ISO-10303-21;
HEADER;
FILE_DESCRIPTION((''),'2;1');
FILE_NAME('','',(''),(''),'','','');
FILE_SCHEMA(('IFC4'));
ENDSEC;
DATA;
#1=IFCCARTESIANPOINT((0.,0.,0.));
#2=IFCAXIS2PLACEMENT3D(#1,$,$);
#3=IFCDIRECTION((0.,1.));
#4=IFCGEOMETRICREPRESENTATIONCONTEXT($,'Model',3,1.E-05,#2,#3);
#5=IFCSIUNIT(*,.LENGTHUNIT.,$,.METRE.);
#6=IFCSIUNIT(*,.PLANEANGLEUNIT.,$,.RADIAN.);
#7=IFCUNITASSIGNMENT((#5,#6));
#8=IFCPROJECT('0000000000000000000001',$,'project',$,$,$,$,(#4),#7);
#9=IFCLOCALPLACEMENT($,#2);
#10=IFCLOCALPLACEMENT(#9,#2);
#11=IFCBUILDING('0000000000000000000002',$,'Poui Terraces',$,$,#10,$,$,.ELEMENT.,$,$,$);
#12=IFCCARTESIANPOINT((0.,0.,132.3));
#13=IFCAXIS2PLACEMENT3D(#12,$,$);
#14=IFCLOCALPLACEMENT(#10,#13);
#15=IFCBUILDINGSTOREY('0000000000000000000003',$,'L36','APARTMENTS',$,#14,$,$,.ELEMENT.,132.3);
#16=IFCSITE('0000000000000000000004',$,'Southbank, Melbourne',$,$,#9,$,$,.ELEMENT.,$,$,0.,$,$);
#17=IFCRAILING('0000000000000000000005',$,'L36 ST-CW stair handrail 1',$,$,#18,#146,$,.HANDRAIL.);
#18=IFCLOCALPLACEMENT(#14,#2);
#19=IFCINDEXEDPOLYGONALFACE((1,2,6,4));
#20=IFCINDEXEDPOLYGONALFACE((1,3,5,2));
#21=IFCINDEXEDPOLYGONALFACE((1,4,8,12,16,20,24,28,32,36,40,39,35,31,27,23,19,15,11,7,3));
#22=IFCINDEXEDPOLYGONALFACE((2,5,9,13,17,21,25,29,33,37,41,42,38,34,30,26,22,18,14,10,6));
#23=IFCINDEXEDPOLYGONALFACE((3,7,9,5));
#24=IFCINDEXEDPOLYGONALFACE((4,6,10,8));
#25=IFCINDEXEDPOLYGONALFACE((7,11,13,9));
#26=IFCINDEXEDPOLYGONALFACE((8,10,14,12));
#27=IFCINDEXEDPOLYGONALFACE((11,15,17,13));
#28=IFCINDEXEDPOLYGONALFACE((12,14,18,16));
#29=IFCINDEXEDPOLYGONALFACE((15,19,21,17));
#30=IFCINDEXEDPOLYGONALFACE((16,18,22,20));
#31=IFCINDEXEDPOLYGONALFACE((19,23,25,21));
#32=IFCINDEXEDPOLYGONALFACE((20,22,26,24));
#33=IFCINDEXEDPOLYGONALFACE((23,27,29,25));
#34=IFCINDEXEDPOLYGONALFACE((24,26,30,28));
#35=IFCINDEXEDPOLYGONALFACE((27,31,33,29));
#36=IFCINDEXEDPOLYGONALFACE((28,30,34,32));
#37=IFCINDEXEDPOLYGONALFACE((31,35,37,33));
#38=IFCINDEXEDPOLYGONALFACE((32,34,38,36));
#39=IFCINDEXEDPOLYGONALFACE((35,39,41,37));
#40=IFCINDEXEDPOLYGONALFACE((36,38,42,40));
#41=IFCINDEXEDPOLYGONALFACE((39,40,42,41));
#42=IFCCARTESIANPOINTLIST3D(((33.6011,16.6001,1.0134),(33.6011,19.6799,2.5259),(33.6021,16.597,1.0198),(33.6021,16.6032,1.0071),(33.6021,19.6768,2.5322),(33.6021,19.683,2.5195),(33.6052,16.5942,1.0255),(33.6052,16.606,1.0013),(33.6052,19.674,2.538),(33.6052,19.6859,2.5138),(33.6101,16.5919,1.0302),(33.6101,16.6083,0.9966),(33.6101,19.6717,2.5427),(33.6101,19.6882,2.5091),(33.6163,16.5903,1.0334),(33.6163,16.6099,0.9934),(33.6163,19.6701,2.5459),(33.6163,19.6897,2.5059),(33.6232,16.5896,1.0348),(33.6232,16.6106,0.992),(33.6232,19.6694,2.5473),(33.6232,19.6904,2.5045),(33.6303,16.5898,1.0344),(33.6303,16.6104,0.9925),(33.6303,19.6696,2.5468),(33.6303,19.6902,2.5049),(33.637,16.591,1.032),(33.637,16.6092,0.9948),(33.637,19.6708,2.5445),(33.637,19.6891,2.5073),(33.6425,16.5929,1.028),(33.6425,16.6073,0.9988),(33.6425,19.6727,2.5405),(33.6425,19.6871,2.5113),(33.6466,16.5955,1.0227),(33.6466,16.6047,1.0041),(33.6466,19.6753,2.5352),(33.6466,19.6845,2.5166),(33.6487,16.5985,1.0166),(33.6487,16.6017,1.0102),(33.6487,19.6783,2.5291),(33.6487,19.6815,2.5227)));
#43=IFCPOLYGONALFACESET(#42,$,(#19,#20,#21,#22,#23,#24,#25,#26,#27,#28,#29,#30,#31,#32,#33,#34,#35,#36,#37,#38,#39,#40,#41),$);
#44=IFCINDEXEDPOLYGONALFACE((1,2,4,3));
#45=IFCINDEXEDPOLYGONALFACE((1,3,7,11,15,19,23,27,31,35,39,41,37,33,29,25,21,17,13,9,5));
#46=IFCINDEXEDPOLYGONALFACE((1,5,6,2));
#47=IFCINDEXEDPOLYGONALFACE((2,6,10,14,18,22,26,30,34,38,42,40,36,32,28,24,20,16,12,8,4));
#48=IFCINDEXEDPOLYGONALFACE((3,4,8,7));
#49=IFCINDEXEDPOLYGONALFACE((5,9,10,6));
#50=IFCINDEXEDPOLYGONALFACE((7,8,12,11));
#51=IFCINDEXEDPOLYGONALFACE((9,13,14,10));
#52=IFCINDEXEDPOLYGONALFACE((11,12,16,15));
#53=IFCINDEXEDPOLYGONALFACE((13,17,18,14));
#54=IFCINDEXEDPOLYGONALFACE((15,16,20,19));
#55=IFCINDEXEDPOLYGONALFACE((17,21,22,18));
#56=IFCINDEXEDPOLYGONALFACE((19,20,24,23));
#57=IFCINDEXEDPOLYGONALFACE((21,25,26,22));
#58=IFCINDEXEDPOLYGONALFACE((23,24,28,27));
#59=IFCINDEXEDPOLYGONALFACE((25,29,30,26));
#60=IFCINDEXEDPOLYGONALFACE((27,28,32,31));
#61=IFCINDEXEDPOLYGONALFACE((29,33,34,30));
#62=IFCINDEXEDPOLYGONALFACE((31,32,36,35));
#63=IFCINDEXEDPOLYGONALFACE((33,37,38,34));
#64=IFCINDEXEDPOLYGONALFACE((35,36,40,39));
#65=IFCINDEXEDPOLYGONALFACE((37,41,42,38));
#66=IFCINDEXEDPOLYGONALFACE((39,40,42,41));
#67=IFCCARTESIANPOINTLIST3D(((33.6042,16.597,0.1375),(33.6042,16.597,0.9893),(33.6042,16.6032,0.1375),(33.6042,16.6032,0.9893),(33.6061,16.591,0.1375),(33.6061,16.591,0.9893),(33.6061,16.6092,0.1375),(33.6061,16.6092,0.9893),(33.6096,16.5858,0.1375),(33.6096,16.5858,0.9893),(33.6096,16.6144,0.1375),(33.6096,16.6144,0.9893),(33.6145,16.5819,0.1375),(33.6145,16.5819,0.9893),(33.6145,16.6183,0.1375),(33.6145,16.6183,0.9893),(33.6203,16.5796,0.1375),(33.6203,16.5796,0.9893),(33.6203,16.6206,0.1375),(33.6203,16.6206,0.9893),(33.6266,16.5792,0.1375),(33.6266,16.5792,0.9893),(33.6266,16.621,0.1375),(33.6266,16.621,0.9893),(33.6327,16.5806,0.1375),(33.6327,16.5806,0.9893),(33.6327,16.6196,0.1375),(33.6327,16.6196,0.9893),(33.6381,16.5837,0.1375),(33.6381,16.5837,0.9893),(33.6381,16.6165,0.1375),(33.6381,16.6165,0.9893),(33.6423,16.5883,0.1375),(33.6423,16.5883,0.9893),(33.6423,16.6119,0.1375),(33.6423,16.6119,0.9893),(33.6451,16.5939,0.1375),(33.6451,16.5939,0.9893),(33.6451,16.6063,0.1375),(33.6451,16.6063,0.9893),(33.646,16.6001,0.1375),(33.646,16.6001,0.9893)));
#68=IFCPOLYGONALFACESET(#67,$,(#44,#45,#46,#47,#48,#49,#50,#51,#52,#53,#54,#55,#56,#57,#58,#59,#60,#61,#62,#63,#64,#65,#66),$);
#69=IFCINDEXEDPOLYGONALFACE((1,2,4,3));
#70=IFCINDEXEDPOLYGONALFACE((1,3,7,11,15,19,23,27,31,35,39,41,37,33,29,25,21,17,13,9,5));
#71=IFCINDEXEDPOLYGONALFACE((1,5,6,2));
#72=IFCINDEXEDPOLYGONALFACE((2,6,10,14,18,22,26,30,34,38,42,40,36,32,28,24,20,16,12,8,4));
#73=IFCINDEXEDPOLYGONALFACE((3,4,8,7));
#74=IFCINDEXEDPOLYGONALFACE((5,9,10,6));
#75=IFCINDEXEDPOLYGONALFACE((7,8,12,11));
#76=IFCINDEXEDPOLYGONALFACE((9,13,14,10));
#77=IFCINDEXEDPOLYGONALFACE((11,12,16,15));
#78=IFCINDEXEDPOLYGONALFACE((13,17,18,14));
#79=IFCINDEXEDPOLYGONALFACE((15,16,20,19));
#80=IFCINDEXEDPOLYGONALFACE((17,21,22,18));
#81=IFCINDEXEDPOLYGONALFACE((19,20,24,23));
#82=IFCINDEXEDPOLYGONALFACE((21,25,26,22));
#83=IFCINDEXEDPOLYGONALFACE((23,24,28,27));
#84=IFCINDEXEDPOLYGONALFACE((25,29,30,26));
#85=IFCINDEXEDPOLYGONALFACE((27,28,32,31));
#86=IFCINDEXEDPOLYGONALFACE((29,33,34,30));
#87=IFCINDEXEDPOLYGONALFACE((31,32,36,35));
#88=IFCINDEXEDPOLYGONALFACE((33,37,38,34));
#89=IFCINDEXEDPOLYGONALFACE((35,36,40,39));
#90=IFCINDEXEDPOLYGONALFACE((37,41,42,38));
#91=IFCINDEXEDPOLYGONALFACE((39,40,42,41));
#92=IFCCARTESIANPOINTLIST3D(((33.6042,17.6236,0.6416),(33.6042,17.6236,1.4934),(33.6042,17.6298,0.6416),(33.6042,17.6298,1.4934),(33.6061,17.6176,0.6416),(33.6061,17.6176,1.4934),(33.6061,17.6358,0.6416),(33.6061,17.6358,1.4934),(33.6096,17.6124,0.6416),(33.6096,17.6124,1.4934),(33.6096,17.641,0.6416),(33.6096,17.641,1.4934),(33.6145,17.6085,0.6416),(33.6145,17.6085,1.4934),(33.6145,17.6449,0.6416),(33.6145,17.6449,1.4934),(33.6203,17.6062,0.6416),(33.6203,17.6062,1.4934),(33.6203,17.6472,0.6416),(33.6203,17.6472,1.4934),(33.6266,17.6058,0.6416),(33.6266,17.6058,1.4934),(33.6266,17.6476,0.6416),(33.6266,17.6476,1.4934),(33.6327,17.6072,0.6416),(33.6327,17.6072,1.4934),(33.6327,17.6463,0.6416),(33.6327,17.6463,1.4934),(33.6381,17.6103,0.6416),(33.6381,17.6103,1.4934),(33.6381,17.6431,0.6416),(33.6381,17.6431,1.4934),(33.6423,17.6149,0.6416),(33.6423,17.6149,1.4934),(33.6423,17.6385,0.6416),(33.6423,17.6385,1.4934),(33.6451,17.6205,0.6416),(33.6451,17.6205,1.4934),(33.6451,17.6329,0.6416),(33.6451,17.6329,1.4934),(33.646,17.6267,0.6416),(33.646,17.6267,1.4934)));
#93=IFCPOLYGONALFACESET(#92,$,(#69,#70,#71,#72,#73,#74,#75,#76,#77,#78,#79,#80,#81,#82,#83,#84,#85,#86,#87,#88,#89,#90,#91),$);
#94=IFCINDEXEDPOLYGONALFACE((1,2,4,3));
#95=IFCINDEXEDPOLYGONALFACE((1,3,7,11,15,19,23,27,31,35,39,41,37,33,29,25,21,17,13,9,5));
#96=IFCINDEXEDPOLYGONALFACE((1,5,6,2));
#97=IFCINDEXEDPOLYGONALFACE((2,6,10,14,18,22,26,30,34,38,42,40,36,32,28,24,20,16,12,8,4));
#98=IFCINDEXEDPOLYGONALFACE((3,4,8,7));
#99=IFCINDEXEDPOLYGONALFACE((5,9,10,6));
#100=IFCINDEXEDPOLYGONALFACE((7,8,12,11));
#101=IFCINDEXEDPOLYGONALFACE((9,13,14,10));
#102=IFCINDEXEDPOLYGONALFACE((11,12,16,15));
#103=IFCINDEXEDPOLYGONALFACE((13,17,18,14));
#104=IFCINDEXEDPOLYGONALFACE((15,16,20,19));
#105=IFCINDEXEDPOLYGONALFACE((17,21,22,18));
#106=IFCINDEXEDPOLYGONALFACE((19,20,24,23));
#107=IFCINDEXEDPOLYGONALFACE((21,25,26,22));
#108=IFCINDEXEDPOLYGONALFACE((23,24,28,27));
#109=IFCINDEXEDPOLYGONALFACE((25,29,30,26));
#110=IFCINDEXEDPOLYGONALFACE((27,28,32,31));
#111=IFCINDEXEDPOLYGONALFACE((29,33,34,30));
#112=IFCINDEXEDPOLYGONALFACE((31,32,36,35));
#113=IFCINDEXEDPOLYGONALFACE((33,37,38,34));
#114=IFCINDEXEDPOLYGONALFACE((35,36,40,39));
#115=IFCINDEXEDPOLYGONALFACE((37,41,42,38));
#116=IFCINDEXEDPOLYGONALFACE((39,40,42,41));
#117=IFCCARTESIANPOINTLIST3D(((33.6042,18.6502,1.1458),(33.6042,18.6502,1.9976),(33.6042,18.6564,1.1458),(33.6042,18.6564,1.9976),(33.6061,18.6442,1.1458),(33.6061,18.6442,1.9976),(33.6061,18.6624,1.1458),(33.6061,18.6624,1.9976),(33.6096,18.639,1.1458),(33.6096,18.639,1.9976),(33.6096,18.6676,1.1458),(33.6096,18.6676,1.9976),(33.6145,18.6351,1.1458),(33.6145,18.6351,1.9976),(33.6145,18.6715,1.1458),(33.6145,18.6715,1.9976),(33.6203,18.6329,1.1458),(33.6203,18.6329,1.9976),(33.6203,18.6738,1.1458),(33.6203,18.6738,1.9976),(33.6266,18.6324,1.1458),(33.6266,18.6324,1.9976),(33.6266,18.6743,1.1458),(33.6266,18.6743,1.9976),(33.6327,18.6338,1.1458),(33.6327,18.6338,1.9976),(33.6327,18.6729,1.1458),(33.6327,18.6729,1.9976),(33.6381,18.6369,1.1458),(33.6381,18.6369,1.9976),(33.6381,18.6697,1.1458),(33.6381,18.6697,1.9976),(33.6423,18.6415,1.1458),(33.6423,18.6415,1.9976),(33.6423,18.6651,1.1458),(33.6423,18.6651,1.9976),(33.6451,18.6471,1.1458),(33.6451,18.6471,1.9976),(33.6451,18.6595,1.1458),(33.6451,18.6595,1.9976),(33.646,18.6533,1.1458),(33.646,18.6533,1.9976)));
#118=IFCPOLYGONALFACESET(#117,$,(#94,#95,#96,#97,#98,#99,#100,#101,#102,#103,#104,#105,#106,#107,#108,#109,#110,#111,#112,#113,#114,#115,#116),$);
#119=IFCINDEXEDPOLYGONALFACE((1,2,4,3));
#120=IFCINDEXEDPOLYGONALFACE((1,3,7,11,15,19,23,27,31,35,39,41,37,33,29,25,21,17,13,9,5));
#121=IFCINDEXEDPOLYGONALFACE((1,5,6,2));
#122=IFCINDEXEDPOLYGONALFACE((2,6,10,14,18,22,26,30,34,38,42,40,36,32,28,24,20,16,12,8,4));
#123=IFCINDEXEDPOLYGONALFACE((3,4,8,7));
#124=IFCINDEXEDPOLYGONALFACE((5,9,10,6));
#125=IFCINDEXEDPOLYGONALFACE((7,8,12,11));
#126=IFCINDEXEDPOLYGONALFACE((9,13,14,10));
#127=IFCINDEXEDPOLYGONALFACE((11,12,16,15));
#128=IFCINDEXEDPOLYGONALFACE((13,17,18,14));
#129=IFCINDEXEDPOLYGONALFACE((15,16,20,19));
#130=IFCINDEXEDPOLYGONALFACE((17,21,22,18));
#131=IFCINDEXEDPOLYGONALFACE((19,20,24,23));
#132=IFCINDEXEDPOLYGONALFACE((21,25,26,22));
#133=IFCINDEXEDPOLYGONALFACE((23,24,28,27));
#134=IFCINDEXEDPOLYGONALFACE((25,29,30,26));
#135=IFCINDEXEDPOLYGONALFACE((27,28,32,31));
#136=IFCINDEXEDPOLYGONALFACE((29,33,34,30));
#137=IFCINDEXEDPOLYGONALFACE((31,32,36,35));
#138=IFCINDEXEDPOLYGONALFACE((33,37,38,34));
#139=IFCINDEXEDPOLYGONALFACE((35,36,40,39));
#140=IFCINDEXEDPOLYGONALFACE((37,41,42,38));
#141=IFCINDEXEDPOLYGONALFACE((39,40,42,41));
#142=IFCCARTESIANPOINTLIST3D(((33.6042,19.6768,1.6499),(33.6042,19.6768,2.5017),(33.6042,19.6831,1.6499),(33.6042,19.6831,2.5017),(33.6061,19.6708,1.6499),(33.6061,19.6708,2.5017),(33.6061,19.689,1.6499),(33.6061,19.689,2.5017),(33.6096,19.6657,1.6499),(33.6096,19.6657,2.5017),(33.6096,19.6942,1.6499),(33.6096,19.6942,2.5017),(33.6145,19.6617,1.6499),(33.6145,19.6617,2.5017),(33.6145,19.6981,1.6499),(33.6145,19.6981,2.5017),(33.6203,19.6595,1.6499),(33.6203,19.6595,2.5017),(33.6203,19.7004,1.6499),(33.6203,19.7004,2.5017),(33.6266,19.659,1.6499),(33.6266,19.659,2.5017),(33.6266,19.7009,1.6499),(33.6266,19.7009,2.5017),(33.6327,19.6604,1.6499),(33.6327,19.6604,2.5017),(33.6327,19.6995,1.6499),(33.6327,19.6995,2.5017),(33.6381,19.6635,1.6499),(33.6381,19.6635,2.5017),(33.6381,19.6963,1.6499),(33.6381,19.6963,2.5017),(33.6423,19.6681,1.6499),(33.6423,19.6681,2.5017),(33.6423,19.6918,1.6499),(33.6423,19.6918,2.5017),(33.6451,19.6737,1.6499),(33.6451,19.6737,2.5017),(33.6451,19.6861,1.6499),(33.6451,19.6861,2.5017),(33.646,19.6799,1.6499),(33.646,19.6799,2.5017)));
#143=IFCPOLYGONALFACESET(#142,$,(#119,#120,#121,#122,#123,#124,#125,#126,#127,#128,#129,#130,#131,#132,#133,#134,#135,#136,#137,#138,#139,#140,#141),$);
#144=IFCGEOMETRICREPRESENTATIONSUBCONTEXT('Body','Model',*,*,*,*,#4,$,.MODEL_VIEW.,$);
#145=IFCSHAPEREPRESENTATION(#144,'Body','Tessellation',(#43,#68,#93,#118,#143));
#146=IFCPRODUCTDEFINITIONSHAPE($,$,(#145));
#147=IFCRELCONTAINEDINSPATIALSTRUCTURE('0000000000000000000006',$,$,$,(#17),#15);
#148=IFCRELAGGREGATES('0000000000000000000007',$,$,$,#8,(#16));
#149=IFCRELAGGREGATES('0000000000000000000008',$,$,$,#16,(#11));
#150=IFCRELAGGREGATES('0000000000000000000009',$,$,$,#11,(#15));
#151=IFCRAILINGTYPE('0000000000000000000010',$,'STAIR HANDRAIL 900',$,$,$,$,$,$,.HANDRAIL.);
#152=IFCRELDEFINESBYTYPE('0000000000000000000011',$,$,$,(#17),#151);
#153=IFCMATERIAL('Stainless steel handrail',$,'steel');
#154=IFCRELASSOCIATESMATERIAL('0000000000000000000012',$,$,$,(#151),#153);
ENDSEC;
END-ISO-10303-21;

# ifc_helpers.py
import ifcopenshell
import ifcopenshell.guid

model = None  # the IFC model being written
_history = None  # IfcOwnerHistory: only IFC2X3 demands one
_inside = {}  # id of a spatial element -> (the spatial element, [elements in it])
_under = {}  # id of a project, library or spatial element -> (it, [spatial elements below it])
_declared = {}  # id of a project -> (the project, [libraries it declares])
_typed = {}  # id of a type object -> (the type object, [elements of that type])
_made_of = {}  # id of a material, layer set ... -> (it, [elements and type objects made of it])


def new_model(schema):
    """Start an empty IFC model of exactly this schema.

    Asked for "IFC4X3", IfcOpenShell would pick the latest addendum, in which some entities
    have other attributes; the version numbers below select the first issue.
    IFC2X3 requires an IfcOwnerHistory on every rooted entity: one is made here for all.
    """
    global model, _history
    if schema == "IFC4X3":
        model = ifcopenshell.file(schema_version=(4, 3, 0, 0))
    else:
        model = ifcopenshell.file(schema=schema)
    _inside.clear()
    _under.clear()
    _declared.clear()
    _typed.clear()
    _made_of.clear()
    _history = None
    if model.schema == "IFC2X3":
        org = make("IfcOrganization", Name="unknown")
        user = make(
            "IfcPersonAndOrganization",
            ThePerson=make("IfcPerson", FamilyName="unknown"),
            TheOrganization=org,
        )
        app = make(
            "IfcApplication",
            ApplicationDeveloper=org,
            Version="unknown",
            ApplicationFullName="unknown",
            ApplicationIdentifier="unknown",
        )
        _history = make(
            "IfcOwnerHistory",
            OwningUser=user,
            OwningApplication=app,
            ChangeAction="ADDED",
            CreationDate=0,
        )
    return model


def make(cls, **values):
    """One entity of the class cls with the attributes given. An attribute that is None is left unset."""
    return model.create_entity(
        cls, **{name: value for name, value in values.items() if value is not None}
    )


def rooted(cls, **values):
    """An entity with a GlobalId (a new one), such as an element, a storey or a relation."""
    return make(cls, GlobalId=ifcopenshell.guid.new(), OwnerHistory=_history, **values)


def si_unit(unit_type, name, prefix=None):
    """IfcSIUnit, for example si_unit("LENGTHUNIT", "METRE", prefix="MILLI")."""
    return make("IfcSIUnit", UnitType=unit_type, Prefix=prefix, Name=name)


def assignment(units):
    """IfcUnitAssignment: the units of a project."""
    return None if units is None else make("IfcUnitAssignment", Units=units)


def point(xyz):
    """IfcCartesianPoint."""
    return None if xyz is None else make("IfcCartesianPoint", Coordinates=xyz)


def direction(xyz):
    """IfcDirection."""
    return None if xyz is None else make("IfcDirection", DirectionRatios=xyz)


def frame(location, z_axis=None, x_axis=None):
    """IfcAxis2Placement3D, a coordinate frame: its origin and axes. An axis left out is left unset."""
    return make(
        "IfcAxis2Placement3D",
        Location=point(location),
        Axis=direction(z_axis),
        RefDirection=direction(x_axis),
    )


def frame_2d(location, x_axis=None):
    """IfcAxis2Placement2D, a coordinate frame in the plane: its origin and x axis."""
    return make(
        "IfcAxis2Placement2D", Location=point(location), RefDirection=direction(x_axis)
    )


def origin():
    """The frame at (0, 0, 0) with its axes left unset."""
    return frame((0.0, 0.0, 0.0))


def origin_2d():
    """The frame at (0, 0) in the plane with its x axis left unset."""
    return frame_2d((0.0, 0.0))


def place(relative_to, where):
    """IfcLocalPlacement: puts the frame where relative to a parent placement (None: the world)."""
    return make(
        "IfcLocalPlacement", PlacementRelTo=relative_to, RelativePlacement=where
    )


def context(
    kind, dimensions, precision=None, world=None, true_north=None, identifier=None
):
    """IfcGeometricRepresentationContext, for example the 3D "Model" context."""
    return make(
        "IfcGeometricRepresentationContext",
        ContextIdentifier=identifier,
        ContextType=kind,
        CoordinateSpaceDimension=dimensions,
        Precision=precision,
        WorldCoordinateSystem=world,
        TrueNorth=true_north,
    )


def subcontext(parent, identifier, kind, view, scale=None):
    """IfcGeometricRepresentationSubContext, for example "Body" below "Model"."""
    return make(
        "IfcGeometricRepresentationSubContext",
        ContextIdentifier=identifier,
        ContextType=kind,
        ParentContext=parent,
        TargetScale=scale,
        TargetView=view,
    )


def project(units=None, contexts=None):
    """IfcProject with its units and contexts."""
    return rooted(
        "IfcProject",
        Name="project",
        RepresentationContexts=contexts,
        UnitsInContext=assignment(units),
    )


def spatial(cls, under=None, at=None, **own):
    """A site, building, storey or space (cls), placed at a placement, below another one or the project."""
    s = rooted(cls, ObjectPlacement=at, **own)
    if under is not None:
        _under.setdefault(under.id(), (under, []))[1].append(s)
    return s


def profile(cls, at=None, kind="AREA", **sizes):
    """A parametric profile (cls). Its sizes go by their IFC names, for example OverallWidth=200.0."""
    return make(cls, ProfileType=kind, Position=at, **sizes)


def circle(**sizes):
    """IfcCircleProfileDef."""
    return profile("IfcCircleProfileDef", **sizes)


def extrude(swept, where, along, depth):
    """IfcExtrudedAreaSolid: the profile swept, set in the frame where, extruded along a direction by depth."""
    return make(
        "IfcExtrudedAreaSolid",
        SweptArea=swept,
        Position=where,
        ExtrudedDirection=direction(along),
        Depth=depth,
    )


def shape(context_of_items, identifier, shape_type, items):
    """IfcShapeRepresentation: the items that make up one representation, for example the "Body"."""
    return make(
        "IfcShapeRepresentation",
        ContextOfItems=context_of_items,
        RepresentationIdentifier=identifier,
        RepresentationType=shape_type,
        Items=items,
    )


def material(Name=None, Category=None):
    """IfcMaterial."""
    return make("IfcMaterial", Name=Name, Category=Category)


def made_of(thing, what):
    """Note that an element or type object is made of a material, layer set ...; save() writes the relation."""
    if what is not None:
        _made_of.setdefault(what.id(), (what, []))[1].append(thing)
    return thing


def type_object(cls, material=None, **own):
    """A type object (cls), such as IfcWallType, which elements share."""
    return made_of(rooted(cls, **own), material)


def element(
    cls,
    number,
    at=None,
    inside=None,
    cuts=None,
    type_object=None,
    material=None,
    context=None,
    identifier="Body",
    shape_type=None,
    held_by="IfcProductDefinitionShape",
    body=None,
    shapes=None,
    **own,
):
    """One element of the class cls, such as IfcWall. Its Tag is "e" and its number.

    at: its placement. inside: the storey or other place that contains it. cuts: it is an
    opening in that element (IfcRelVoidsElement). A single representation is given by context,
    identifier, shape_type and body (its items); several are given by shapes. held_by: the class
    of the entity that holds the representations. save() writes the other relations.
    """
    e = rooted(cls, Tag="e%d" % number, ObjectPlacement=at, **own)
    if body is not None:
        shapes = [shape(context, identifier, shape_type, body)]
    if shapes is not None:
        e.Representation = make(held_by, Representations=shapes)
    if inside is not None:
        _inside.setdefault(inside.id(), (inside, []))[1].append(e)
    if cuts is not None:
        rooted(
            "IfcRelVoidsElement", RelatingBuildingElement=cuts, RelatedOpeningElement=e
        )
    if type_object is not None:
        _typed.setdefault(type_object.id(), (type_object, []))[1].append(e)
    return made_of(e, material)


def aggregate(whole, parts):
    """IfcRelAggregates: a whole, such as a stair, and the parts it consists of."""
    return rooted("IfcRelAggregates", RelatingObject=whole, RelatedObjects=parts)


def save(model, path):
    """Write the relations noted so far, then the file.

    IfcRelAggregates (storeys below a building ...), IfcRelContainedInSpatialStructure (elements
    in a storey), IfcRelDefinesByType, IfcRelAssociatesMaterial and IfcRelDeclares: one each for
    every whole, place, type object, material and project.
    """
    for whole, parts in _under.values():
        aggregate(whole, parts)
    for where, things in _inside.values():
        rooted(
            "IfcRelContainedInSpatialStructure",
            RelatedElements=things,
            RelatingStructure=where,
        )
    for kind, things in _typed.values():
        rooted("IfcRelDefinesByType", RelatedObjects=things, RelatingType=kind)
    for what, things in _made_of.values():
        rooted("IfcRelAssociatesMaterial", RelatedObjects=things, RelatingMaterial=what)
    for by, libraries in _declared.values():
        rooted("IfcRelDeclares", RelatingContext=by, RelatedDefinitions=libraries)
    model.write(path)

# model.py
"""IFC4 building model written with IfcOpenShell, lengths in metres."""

from ifc_helpers import new_model, si_unit, direction, frame, origin, origin_2d, place, context, subcontext, project, spatial, circle, extrude, material, type_object, element, save


model = new_model("IFC4")

# Units and contexts
model_context = context("Model", 3, precision=1e-05, world=origin(), true_north=direction((0.0, 1.0)))
body_context = subcontext(model_context, "Body", "Model", "MODEL_VIEW")
ifc_project = project(units=[si_unit("LENGTHUNIT", "METRE"), si_unit("PLANEANGLEUNIT", "RADIAN")], contexts=[model_context])

# Site, building, storey
site_placement = place(None, origin())
site = spatial("IfcSite", under=ifc_project, at=site_placement, Name="Southbank, Melbourne", CompositionType="ELEMENT", RefElevation=0.0)
building_placement = place(site_placement, origin())
building = spatial("IfcBuilding", under=site, at=building_placement, Name="Poui Terraces", CompositionType="ELEMENT")
storey_placement = place(building_placement, frame((0.0, 0.0, 132.3)))
storey = spatial("IfcBuildingStorey", under=building, at=storey_placement, Name="L36", Description="APARTMENTS", CompositionType="ELEMENT", Elevation=132.3)

# Railing
ifc_material_1 = material(Name="Stainless steel handrail", Category="steel")
railing_type_1 = type_object("IfcRailingType", Name="STAIR HANDRAIL 900", PredefinedType="HANDRAIL", material=ifc_material_1)
railing_1_placement = place(storey_placement, frame((33.625, 16.6001, 0.1375)))
element("IfcRailing", 1, at=railing_1_placement, inside=storey, type_object=railing_type_1, Name="L36 ST-CW stair handrail 1", PredefinedType="HANDRAIL", context=body_context, shape_type="SweptSolid", body=[
    extrude(circle(Radius=0.0239, at=origin_2d()), frame((0.0, 0.0, 0.876), z_axis=(0.0, 0.897606, 0.440798), x_axis=(-1.0, 0.0, 0.0)), (0.0, 0.0, 1.0), 3.4312),
    extrude(circle(Radius=0.021, at=origin_2d()), origin(), (0.0, 0.0, 1.0), 0.8518),
    extrude(circle(Radius=0.021, at=origin_2d()), frame((0.0, 1.0266, 0.5042)), (0.0, 0.0, 1.0), 0.8518),
    extrude(circle(Radius=0.021, at=origin_2d()), frame((0.0, 2.0532, 1.0083)), (0.0, 0.0, 1.0), 0.8518),
    extrude(circle(Radius=0.021, at=origin_2d()), frame((0.0, 3.0798, 1.5125)), (0.0, 0.0, 1.0), 0.8518),
])

save(model, "model.ifc")
